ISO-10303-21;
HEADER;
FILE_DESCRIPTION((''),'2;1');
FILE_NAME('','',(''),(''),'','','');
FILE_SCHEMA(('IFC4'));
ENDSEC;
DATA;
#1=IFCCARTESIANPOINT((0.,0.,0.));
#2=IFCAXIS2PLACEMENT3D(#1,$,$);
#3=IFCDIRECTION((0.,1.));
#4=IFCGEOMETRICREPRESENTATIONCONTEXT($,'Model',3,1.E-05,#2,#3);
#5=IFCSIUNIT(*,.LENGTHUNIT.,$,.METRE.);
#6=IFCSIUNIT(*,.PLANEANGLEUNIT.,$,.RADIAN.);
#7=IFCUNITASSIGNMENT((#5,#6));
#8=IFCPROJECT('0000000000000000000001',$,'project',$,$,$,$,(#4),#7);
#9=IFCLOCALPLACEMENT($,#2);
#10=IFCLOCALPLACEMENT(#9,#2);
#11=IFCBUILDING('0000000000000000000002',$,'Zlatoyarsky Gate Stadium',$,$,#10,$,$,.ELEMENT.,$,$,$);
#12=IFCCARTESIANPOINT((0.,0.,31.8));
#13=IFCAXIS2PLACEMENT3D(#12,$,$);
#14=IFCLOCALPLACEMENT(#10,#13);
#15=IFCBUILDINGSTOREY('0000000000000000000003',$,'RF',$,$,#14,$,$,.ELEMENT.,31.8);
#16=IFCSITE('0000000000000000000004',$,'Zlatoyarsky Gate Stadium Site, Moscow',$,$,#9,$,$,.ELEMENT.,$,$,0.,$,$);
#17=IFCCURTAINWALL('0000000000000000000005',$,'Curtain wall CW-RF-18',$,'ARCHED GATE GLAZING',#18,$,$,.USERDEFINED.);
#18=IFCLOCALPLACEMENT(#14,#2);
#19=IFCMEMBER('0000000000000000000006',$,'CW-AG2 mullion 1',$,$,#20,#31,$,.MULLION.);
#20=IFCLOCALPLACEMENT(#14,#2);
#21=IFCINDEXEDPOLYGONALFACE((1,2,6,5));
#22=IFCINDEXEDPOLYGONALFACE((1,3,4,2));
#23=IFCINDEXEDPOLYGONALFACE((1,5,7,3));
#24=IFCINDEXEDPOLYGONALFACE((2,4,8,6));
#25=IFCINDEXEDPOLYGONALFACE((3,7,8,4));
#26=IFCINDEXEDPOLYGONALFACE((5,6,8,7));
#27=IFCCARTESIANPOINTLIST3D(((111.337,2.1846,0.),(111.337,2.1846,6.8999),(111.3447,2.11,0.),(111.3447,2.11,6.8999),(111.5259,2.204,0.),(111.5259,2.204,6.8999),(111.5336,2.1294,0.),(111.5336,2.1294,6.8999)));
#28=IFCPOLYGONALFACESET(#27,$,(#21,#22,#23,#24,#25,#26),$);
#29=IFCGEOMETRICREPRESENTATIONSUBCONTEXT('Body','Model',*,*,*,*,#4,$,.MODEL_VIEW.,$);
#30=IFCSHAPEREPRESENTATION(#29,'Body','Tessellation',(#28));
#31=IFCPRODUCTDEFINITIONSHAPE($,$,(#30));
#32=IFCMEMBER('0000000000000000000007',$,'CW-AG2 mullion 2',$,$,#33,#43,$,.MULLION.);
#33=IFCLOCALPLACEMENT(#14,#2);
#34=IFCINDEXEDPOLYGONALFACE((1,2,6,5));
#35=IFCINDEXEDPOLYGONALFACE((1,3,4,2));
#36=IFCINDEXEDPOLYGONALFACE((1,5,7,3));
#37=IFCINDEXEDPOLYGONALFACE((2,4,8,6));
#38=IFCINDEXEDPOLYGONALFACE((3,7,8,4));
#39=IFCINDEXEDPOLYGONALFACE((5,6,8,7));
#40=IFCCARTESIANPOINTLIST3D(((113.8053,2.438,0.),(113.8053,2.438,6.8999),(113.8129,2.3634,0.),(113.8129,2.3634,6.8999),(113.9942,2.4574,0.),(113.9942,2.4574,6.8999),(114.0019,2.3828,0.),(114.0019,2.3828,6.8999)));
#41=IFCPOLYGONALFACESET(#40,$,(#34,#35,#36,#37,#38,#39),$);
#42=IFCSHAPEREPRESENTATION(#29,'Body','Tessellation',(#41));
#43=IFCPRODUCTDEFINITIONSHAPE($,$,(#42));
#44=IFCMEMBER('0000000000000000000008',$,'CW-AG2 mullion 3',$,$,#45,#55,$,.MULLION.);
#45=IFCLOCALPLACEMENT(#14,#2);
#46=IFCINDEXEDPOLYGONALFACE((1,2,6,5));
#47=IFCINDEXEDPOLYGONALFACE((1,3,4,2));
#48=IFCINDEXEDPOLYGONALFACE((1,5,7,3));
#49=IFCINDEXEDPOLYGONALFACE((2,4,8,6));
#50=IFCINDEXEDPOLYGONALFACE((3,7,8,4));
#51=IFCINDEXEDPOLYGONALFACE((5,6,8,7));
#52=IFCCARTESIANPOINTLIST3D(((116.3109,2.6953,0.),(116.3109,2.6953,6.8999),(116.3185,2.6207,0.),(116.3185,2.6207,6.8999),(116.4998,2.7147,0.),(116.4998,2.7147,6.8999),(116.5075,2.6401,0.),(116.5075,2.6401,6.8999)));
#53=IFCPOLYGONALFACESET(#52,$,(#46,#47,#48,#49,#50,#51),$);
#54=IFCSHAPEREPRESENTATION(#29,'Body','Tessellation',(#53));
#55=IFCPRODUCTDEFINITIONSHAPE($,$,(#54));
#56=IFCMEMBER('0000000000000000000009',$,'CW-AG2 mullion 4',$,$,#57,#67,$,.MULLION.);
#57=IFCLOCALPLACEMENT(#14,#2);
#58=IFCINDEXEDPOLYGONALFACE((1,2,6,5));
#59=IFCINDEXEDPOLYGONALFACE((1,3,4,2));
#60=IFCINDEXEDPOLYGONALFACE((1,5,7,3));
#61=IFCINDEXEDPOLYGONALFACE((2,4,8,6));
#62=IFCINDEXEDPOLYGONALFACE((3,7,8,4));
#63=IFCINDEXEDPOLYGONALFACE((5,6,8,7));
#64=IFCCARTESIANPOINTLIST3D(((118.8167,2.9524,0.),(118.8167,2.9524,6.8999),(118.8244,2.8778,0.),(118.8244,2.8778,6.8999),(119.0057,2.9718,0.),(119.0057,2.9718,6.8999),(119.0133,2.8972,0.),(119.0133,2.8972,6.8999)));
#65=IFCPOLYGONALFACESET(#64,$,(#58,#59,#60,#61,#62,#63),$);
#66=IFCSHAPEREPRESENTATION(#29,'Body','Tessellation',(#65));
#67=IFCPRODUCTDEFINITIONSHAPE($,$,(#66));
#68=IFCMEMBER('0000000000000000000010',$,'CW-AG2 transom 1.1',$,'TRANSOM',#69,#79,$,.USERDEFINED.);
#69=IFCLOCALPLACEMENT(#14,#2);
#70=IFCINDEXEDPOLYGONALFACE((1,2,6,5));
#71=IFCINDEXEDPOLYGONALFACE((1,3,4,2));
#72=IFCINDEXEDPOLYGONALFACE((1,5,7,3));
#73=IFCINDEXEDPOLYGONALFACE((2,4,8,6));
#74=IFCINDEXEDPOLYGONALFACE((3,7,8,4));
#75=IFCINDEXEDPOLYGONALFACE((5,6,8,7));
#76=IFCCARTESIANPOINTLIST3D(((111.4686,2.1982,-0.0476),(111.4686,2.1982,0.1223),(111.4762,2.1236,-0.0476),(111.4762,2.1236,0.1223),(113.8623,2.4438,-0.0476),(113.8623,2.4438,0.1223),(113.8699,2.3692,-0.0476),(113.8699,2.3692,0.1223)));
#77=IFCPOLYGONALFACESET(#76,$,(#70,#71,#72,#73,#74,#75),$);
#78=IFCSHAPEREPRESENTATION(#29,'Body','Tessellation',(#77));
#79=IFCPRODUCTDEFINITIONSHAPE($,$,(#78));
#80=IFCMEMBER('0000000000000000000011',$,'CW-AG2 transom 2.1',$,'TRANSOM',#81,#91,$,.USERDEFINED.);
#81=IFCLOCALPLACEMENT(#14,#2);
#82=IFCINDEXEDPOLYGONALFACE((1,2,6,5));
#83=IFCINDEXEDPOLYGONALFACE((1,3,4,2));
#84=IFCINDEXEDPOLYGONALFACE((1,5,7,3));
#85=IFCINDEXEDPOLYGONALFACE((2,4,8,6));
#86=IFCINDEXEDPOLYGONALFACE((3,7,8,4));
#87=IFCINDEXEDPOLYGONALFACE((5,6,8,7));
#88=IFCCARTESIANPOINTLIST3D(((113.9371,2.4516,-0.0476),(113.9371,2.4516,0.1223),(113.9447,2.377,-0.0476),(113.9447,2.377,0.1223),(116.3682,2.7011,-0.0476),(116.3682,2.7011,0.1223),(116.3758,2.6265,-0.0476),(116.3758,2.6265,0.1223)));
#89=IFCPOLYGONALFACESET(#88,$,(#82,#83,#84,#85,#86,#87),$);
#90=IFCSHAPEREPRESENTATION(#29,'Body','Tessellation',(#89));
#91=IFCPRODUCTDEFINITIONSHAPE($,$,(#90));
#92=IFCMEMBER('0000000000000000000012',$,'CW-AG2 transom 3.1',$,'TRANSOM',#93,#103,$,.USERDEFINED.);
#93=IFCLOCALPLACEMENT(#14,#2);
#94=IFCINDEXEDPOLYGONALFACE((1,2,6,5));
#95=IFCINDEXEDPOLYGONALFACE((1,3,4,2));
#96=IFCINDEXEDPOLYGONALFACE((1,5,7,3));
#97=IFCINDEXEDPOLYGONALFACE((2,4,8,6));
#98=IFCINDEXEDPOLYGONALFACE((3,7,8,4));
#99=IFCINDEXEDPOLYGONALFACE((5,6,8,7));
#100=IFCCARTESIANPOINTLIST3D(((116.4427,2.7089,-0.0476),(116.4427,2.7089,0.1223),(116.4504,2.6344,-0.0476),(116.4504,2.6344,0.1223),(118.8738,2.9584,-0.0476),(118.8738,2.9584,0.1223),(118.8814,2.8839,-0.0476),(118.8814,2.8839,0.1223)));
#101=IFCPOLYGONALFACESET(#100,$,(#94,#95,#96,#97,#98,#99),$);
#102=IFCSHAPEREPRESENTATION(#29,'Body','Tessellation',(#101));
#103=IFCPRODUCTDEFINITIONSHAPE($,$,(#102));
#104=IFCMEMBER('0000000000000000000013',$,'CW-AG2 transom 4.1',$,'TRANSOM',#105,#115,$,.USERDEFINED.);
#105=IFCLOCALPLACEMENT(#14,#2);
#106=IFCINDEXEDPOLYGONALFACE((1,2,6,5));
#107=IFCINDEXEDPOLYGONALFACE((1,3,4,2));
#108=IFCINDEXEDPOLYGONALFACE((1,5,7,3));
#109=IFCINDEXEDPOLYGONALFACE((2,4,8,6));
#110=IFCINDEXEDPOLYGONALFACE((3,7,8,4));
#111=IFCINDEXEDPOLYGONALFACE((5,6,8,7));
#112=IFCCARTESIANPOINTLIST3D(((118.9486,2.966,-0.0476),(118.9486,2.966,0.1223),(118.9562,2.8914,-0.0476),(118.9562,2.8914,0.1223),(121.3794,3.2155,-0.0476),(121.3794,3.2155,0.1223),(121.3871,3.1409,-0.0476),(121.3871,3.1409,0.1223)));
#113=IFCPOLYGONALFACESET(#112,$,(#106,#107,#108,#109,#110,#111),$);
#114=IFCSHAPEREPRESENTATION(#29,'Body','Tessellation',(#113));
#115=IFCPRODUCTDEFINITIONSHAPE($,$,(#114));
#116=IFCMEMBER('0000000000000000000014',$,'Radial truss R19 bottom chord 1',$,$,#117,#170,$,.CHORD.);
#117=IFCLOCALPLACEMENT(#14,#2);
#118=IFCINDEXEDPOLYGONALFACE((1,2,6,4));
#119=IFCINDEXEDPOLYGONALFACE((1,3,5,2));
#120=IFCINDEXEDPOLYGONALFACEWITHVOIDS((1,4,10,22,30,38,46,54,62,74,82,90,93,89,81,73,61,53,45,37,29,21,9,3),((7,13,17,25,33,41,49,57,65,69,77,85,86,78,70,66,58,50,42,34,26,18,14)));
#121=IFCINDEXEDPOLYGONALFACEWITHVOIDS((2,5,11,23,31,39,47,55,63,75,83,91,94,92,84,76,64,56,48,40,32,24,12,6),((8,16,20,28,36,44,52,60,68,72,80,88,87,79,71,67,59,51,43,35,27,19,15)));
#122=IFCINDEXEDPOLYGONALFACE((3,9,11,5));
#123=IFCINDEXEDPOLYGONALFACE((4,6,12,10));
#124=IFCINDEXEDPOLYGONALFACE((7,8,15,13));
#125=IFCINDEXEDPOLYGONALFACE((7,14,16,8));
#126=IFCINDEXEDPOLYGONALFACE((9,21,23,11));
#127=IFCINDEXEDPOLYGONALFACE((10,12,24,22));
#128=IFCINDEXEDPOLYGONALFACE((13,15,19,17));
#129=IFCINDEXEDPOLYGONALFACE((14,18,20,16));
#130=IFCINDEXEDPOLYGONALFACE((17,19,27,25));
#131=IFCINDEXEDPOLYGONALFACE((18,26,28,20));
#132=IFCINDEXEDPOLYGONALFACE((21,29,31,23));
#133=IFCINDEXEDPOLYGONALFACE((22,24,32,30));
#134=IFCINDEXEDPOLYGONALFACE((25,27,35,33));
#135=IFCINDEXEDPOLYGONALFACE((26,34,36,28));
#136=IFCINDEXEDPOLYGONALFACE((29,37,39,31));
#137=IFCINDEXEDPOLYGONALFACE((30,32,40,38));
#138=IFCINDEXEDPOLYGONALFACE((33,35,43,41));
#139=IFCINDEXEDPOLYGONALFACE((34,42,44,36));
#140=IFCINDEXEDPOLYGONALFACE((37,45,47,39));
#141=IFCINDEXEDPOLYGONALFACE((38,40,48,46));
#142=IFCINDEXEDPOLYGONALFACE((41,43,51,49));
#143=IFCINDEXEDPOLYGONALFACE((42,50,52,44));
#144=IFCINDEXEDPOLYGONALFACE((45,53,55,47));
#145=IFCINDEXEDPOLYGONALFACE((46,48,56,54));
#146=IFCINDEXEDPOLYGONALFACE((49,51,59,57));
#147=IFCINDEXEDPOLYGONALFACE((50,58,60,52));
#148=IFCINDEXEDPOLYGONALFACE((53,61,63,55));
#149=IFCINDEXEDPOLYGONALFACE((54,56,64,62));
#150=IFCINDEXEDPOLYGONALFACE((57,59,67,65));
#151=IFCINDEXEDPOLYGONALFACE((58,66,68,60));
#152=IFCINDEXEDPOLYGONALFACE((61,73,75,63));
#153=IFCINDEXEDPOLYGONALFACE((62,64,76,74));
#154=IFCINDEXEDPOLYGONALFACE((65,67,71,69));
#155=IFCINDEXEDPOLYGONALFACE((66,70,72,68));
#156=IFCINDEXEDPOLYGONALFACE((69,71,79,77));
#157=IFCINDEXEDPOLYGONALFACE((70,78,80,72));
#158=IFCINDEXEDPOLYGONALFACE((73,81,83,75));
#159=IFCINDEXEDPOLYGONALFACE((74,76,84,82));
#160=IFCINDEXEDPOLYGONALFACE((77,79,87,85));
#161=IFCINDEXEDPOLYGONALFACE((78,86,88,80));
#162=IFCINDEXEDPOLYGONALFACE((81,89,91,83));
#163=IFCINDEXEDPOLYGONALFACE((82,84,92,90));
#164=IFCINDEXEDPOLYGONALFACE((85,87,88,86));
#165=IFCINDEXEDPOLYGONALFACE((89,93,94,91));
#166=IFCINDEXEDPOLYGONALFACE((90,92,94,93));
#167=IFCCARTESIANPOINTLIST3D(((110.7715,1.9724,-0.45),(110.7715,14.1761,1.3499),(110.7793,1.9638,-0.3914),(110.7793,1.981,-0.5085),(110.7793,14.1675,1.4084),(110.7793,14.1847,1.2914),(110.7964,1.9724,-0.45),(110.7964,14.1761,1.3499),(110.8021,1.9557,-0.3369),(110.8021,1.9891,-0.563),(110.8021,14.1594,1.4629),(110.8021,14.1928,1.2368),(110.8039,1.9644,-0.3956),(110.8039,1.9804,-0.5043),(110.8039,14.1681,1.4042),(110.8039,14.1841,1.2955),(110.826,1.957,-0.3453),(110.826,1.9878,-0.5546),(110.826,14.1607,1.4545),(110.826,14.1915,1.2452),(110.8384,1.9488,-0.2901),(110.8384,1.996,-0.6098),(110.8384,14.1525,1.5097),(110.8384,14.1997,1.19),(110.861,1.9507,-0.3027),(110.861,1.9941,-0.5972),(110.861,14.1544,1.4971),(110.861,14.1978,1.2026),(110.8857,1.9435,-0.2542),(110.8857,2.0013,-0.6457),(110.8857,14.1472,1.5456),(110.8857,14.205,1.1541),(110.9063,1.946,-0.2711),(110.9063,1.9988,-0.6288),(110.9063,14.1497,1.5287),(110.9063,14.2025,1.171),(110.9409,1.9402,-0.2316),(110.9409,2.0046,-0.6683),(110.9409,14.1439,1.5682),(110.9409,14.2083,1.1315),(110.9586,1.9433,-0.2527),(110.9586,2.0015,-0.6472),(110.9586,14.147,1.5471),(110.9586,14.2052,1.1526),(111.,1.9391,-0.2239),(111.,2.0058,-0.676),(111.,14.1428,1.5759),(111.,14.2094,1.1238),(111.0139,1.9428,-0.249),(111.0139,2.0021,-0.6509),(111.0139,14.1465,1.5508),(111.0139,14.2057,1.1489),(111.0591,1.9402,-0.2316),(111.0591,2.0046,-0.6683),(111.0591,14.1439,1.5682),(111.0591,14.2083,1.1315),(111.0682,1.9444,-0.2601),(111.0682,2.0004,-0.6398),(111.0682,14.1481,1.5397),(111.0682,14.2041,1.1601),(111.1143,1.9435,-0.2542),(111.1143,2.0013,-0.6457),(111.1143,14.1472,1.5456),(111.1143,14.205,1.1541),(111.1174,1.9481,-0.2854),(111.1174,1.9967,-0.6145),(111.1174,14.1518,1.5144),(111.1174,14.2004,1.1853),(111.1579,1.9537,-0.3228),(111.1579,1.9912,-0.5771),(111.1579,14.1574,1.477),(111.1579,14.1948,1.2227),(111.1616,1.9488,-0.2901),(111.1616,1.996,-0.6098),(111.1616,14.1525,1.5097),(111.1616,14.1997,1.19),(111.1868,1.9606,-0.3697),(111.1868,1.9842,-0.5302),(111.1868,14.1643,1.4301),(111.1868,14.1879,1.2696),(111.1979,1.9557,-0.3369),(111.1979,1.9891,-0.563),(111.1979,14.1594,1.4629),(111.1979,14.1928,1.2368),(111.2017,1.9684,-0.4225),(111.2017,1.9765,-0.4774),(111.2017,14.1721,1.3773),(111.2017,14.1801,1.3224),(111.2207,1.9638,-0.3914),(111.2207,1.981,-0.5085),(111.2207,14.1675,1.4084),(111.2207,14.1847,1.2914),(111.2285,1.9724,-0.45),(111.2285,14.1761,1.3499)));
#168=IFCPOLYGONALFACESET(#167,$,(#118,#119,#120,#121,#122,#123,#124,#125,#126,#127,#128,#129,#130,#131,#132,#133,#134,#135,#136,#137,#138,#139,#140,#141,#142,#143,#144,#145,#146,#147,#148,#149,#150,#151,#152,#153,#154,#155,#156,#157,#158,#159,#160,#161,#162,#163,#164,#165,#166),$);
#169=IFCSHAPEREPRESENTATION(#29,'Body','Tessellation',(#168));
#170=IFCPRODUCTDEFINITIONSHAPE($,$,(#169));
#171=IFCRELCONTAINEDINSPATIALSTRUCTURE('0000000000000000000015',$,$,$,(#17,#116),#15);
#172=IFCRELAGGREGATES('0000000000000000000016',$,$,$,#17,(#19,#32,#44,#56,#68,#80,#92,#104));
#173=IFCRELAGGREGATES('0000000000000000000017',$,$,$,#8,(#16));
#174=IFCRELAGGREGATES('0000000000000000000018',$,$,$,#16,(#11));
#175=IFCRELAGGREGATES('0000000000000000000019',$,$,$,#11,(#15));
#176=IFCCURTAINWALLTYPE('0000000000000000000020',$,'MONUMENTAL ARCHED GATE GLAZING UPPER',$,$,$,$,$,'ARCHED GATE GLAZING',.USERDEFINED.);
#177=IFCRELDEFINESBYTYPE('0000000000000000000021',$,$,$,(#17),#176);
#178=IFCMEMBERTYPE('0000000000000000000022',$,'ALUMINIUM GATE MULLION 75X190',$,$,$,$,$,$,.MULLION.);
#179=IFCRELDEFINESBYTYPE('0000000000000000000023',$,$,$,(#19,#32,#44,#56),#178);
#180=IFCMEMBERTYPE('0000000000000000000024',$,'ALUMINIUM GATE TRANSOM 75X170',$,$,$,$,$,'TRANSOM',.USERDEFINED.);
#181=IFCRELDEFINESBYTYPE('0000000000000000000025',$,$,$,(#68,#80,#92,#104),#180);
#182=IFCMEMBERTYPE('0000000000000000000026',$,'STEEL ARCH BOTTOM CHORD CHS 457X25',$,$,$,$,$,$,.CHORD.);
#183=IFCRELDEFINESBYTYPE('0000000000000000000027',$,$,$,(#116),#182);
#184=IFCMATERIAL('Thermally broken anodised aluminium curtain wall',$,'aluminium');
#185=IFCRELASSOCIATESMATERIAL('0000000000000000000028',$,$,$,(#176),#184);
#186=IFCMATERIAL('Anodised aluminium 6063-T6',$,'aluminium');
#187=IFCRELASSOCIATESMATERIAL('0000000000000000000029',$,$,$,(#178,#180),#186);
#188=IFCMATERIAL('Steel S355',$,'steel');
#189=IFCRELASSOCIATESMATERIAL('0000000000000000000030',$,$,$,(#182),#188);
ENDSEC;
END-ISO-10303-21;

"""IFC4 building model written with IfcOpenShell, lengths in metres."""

from ifc_helpers import new_model, si_unit, direction, frame, origin, origin_2d, place, context, subcontext, project, spatial, rectangle, hollow_circle, extrude, material, material_profile, profile_set, type_object, element, aggregate, save


model = new_model("IFC4")

# Units and contexts
model_context = context("Model", 3, precision=1e-05, world=origin(), true_north=direction((0.0, 1.0)))
body_context = subcontext(model_context, "Body", "Model", "MODEL_VIEW")
ifc_project = project(units=[si_unit("LENGTHUNIT", "METRE"), si_unit("PLANEANGLEUNIT", "RADIAN")], contexts=[model_context])

# Site, building, storey
site_placement = place(None, origin())
site = spatial("IfcSite", under=ifc_project, at=site_placement, Name="Zlatoyarsky Gate Stadium Site, Moscow", CompositionType="ELEMENT", RefElevation=0.0)
building_placement = place(site_placement, origin())
building = spatial("IfcBuilding", under=site, at=building_placement, Name="Zlatoyarsky Gate Stadium", CompositionType="ELEMENT")
storey_placement = place(building_placement, frame((0.0, 0.0, 31.8)))
storey = spatial("IfcBuildingStorey", under=building, at=storey_placement, Name="RF", CompositionType="ELEMENT", Elevation=31.8)

# Curtain wall, members
ifc_material_1 = material(Name="Thermally broken anodised aluminium curtain wall", Category="aluminium")
curtain_wall_type = type_object("IfcCurtainWallType", Name="MONUMENTAL ARCHED GATE GLAZING UPPER", ElementType="ARCHED GATE GLAZING", PredefinedType="USERDEFINED", material=ifc_material_1)
curtain_wall_placement = place(storey_placement, origin())
curtain_wall = element("IfcCurtainWall", 1, at=curtain_wall_placement, inside=storey, type_object=curtain_wall_type, Name="Curtain wall CW-RF-18", ObjectType="ARCHED GATE GLAZING", PredefinedType="USERDEFINED")
ifc_material_2 = material(Name="Anodised aluminium 6063-T6", Category="aluminium")
ifc_material_profile_1 = material_profile(ifc_material_2, rectangle(XDim=0.075, YDim=0.1899, at=origin_2d()), Name="ALU 75X190")
ifc_profile_set_1 = profile_set([ifc_material_profile_1], Name="Anodised aluminium 6063-T6")
member_type_1 = type_object("IfcMemberType", Name="ALUMINIUM GATE MULLION 75X190", PredefinedType="MULLION", material=ifc_profile_set_1)
member_1_placement = place(storey_placement, frame((111.4353, 2.157, 0.0), z_axis=(0.0, 0.0, 1.0), x_axis=(-0.102125, 0.994772, 0.0)))
member_1 = element("IfcMember", 2, at=member_1_placement, type_object=member_type_1, Name="CW-AG2 mullion 1", PredefinedType="MULLION", context=body_context, shape_type="SweptSolid", body=[
    extrude(rectangle(XDim=0.075, YDim=0.1899, at=origin_2d()), origin(), (0.0, 0.0, 1.0), 6.8999),
])
member_2_placement = place(storey_placement, frame((113.9036, 2.4104, 0.0), z_axis=(0.0, 0.0, 1.0), x_axis=(-0.102125, 0.994772, 0.0)))
member_2 = element("IfcMember", 3, at=member_2_placement, type_object=member_type_1, Name="CW-AG2 mullion 2", PredefinedType="MULLION", context=body_context, shape_type="SweptSolid", body=[
    extrude(rectangle(XDim=0.075, YDim=0.1899, at=origin_2d()), origin(), (0.0, 0.0, 1.0), 6.8999),
])
member_3_placement = place(storey_placement, frame((116.4092, 2.6677, 0.0), z_axis=(0.0, 0.0, 1.0), x_axis=(-0.102125, 0.994772, 0.0)))
member_3 = element("IfcMember", 4, at=member_3_placement, type_object=member_type_1, Name="CW-AG2 mullion 3", PredefinedType="MULLION", context=body_context, shape_type="SweptSolid", body=[
    extrude(rectangle(XDim=0.075, YDim=0.1899, at=origin_2d()), origin(), (0.0, 0.0, 1.0), 6.8999),
])
member_4_placement = place(storey_placement, frame((118.915, 2.9248, 0.0), z_axis=(0.0, 0.0, 1.0), x_axis=(-0.102125, 0.994772, 0.0)))
member_4 = element("IfcMember", 5, at=member_4_placement, type_object=member_type_1, Name="CW-AG2 mullion 4", PredefinedType="MULLION", context=body_context, shape_type="SweptSolid", body=[
    extrude(rectangle(XDim=0.075, YDim=0.1899, at=origin_2d()), origin(), (0.0, 0.0, 1.0), 6.8999),
])
ifc_material_profile_2 = material_profile(ifc_material_2, rectangle(XDim=0.075, YDim=0.1699, at=origin_2d()), Name="ALU 75X170")
ifc_profile_set_2 = profile_set([ifc_material_profile_2], Name="Anodised aluminium 6063-T6")
member_type_2 = type_object("IfcMemberType", Name="ALUMINIUM GATE TRANSOM 75X170", ElementType="TRANSOM", PredefinedType="USERDEFINED", material=ifc_profile_set_2)
member_5_placement = place(storey_placement, frame((111.4724, 2.1609, 0.0374), z_axis=(0.994778, 0.102065, 0.0), x_axis=(-0.102065, 0.994778, 0.0)))
member_5 = element("IfcMember", 6, at=member_5_placement, type_object=member_type_2, Name="CW-AG2 transom 1.1", ObjectType="TRANSOM", PredefinedType="USERDEFINED", context=body_context, shape_type="SweptSolid", body=[
    extrude(rectangle(XDim=0.075, YDim=0.1699, at=origin_2d()), origin(), (0.0, 0.0, 1.0), 2.4062),
])
member_6_placement = place(storey_placement, frame((113.9409, 2.4143, 0.0374), z_axis=(0.994775, 0.102095, 0.0), x_axis=(-0.102095, 0.994775, 0.0)))
member_6 = element("IfcMember", 7, at=member_6_placement, type_object=member_type_2, Name="CW-AG2 transom 2.1", ObjectType="TRANSOM", PredefinedType="USERDEFINED", context=body_context, shape_type="SweptSolid", body=[
    extrude(rectangle(XDim=0.075, YDim=0.1699, at=origin_2d()), origin(), (0.0, 0.0, 1.0), 2.4438),
])
member_7_placement = place(storey_placement, frame((116.4465, 2.6716, 0.0374), z_axis=(0.994775, 0.102095, 0.0), x_axis=(-0.102095, 0.994775, 0.0)))
member_7 = element("IfcMember", 8, at=member_7_placement, type_object=member_type_2, Name="CW-AG2 transom 3.1", ObjectType="TRANSOM", PredefinedType="USERDEFINED", context=body_context, shape_type="SweptSolid", body=[
    extrude(rectangle(XDim=0.075, YDim=0.1699, at=origin_2d()), origin(), (0.0, 0.0, 1.0), 2.4438),
])
member_8_placement = place(storey_placement, frame((118.9524, 2.9287, 0.0374), z_axis=(0.994774, 0.102105, 0.0), x_axis=(-0.102105, 0.994774, 0.0)))
member_8 = element("IfcMember", 9, at=member_8_placement, type_object=member_type_2, Name="CW-AG2 transom 4.1", ObjectType="TRANSOM", PredefinedType="USERDEFINED", context=body_context, shape_type="SweptSolid", body=[
    extrude(rectangle(XDim=0.075, YDim=0.1699, at=origin_2d()), origin(), (0.0, 0.0, 1.0), 2.4436),
])
aggregate(curtain_wall, [member_1, member_2, member_3, member_4, member_5, member_6, member_7, member_8])

# Member
ifc_material_3 = material(Name="Steel S355", Category="steel")
ifc_material_profile_3 = material_profile(ifc_material_3, hollow_circle(Radius=0.2285, WallThickness=0.0249, at=origin_2d()), Name="CHS 457X25")
ifc_profile_set_3 = profile_set([ifc_material_profile_3], Name="Steel S355")
member_type_3 = type_object("IfcMemberType", Name="STEEL ARCH BOTTOM CHORD CHS 457X25", PredefinedType="CHORD", material=ifc_profile_set_3)
member_9_placement = place(storey_placement, frame((111.0, 1.9724, -0.45), z_axis=(0.0, 0.989299, 0.145903), x_axis=(-1.0, 0.0, 0.0)))
element("IfcMember", 10, at=member_9_placement, inside=storey, type_object=member_type_3, Name="Radial truss R19 bottom chord 1", PredefinedType="CHORD", context=body_context, shape_type="SweptSolid", body=[
    extrude(hollow_circle(Radius=0.2285, WallThickness=0.0249, at=origin_2d()), origin(), (0.0, 0.0, 1.0), 12.3357),
])

save(model, "model.ifc")
